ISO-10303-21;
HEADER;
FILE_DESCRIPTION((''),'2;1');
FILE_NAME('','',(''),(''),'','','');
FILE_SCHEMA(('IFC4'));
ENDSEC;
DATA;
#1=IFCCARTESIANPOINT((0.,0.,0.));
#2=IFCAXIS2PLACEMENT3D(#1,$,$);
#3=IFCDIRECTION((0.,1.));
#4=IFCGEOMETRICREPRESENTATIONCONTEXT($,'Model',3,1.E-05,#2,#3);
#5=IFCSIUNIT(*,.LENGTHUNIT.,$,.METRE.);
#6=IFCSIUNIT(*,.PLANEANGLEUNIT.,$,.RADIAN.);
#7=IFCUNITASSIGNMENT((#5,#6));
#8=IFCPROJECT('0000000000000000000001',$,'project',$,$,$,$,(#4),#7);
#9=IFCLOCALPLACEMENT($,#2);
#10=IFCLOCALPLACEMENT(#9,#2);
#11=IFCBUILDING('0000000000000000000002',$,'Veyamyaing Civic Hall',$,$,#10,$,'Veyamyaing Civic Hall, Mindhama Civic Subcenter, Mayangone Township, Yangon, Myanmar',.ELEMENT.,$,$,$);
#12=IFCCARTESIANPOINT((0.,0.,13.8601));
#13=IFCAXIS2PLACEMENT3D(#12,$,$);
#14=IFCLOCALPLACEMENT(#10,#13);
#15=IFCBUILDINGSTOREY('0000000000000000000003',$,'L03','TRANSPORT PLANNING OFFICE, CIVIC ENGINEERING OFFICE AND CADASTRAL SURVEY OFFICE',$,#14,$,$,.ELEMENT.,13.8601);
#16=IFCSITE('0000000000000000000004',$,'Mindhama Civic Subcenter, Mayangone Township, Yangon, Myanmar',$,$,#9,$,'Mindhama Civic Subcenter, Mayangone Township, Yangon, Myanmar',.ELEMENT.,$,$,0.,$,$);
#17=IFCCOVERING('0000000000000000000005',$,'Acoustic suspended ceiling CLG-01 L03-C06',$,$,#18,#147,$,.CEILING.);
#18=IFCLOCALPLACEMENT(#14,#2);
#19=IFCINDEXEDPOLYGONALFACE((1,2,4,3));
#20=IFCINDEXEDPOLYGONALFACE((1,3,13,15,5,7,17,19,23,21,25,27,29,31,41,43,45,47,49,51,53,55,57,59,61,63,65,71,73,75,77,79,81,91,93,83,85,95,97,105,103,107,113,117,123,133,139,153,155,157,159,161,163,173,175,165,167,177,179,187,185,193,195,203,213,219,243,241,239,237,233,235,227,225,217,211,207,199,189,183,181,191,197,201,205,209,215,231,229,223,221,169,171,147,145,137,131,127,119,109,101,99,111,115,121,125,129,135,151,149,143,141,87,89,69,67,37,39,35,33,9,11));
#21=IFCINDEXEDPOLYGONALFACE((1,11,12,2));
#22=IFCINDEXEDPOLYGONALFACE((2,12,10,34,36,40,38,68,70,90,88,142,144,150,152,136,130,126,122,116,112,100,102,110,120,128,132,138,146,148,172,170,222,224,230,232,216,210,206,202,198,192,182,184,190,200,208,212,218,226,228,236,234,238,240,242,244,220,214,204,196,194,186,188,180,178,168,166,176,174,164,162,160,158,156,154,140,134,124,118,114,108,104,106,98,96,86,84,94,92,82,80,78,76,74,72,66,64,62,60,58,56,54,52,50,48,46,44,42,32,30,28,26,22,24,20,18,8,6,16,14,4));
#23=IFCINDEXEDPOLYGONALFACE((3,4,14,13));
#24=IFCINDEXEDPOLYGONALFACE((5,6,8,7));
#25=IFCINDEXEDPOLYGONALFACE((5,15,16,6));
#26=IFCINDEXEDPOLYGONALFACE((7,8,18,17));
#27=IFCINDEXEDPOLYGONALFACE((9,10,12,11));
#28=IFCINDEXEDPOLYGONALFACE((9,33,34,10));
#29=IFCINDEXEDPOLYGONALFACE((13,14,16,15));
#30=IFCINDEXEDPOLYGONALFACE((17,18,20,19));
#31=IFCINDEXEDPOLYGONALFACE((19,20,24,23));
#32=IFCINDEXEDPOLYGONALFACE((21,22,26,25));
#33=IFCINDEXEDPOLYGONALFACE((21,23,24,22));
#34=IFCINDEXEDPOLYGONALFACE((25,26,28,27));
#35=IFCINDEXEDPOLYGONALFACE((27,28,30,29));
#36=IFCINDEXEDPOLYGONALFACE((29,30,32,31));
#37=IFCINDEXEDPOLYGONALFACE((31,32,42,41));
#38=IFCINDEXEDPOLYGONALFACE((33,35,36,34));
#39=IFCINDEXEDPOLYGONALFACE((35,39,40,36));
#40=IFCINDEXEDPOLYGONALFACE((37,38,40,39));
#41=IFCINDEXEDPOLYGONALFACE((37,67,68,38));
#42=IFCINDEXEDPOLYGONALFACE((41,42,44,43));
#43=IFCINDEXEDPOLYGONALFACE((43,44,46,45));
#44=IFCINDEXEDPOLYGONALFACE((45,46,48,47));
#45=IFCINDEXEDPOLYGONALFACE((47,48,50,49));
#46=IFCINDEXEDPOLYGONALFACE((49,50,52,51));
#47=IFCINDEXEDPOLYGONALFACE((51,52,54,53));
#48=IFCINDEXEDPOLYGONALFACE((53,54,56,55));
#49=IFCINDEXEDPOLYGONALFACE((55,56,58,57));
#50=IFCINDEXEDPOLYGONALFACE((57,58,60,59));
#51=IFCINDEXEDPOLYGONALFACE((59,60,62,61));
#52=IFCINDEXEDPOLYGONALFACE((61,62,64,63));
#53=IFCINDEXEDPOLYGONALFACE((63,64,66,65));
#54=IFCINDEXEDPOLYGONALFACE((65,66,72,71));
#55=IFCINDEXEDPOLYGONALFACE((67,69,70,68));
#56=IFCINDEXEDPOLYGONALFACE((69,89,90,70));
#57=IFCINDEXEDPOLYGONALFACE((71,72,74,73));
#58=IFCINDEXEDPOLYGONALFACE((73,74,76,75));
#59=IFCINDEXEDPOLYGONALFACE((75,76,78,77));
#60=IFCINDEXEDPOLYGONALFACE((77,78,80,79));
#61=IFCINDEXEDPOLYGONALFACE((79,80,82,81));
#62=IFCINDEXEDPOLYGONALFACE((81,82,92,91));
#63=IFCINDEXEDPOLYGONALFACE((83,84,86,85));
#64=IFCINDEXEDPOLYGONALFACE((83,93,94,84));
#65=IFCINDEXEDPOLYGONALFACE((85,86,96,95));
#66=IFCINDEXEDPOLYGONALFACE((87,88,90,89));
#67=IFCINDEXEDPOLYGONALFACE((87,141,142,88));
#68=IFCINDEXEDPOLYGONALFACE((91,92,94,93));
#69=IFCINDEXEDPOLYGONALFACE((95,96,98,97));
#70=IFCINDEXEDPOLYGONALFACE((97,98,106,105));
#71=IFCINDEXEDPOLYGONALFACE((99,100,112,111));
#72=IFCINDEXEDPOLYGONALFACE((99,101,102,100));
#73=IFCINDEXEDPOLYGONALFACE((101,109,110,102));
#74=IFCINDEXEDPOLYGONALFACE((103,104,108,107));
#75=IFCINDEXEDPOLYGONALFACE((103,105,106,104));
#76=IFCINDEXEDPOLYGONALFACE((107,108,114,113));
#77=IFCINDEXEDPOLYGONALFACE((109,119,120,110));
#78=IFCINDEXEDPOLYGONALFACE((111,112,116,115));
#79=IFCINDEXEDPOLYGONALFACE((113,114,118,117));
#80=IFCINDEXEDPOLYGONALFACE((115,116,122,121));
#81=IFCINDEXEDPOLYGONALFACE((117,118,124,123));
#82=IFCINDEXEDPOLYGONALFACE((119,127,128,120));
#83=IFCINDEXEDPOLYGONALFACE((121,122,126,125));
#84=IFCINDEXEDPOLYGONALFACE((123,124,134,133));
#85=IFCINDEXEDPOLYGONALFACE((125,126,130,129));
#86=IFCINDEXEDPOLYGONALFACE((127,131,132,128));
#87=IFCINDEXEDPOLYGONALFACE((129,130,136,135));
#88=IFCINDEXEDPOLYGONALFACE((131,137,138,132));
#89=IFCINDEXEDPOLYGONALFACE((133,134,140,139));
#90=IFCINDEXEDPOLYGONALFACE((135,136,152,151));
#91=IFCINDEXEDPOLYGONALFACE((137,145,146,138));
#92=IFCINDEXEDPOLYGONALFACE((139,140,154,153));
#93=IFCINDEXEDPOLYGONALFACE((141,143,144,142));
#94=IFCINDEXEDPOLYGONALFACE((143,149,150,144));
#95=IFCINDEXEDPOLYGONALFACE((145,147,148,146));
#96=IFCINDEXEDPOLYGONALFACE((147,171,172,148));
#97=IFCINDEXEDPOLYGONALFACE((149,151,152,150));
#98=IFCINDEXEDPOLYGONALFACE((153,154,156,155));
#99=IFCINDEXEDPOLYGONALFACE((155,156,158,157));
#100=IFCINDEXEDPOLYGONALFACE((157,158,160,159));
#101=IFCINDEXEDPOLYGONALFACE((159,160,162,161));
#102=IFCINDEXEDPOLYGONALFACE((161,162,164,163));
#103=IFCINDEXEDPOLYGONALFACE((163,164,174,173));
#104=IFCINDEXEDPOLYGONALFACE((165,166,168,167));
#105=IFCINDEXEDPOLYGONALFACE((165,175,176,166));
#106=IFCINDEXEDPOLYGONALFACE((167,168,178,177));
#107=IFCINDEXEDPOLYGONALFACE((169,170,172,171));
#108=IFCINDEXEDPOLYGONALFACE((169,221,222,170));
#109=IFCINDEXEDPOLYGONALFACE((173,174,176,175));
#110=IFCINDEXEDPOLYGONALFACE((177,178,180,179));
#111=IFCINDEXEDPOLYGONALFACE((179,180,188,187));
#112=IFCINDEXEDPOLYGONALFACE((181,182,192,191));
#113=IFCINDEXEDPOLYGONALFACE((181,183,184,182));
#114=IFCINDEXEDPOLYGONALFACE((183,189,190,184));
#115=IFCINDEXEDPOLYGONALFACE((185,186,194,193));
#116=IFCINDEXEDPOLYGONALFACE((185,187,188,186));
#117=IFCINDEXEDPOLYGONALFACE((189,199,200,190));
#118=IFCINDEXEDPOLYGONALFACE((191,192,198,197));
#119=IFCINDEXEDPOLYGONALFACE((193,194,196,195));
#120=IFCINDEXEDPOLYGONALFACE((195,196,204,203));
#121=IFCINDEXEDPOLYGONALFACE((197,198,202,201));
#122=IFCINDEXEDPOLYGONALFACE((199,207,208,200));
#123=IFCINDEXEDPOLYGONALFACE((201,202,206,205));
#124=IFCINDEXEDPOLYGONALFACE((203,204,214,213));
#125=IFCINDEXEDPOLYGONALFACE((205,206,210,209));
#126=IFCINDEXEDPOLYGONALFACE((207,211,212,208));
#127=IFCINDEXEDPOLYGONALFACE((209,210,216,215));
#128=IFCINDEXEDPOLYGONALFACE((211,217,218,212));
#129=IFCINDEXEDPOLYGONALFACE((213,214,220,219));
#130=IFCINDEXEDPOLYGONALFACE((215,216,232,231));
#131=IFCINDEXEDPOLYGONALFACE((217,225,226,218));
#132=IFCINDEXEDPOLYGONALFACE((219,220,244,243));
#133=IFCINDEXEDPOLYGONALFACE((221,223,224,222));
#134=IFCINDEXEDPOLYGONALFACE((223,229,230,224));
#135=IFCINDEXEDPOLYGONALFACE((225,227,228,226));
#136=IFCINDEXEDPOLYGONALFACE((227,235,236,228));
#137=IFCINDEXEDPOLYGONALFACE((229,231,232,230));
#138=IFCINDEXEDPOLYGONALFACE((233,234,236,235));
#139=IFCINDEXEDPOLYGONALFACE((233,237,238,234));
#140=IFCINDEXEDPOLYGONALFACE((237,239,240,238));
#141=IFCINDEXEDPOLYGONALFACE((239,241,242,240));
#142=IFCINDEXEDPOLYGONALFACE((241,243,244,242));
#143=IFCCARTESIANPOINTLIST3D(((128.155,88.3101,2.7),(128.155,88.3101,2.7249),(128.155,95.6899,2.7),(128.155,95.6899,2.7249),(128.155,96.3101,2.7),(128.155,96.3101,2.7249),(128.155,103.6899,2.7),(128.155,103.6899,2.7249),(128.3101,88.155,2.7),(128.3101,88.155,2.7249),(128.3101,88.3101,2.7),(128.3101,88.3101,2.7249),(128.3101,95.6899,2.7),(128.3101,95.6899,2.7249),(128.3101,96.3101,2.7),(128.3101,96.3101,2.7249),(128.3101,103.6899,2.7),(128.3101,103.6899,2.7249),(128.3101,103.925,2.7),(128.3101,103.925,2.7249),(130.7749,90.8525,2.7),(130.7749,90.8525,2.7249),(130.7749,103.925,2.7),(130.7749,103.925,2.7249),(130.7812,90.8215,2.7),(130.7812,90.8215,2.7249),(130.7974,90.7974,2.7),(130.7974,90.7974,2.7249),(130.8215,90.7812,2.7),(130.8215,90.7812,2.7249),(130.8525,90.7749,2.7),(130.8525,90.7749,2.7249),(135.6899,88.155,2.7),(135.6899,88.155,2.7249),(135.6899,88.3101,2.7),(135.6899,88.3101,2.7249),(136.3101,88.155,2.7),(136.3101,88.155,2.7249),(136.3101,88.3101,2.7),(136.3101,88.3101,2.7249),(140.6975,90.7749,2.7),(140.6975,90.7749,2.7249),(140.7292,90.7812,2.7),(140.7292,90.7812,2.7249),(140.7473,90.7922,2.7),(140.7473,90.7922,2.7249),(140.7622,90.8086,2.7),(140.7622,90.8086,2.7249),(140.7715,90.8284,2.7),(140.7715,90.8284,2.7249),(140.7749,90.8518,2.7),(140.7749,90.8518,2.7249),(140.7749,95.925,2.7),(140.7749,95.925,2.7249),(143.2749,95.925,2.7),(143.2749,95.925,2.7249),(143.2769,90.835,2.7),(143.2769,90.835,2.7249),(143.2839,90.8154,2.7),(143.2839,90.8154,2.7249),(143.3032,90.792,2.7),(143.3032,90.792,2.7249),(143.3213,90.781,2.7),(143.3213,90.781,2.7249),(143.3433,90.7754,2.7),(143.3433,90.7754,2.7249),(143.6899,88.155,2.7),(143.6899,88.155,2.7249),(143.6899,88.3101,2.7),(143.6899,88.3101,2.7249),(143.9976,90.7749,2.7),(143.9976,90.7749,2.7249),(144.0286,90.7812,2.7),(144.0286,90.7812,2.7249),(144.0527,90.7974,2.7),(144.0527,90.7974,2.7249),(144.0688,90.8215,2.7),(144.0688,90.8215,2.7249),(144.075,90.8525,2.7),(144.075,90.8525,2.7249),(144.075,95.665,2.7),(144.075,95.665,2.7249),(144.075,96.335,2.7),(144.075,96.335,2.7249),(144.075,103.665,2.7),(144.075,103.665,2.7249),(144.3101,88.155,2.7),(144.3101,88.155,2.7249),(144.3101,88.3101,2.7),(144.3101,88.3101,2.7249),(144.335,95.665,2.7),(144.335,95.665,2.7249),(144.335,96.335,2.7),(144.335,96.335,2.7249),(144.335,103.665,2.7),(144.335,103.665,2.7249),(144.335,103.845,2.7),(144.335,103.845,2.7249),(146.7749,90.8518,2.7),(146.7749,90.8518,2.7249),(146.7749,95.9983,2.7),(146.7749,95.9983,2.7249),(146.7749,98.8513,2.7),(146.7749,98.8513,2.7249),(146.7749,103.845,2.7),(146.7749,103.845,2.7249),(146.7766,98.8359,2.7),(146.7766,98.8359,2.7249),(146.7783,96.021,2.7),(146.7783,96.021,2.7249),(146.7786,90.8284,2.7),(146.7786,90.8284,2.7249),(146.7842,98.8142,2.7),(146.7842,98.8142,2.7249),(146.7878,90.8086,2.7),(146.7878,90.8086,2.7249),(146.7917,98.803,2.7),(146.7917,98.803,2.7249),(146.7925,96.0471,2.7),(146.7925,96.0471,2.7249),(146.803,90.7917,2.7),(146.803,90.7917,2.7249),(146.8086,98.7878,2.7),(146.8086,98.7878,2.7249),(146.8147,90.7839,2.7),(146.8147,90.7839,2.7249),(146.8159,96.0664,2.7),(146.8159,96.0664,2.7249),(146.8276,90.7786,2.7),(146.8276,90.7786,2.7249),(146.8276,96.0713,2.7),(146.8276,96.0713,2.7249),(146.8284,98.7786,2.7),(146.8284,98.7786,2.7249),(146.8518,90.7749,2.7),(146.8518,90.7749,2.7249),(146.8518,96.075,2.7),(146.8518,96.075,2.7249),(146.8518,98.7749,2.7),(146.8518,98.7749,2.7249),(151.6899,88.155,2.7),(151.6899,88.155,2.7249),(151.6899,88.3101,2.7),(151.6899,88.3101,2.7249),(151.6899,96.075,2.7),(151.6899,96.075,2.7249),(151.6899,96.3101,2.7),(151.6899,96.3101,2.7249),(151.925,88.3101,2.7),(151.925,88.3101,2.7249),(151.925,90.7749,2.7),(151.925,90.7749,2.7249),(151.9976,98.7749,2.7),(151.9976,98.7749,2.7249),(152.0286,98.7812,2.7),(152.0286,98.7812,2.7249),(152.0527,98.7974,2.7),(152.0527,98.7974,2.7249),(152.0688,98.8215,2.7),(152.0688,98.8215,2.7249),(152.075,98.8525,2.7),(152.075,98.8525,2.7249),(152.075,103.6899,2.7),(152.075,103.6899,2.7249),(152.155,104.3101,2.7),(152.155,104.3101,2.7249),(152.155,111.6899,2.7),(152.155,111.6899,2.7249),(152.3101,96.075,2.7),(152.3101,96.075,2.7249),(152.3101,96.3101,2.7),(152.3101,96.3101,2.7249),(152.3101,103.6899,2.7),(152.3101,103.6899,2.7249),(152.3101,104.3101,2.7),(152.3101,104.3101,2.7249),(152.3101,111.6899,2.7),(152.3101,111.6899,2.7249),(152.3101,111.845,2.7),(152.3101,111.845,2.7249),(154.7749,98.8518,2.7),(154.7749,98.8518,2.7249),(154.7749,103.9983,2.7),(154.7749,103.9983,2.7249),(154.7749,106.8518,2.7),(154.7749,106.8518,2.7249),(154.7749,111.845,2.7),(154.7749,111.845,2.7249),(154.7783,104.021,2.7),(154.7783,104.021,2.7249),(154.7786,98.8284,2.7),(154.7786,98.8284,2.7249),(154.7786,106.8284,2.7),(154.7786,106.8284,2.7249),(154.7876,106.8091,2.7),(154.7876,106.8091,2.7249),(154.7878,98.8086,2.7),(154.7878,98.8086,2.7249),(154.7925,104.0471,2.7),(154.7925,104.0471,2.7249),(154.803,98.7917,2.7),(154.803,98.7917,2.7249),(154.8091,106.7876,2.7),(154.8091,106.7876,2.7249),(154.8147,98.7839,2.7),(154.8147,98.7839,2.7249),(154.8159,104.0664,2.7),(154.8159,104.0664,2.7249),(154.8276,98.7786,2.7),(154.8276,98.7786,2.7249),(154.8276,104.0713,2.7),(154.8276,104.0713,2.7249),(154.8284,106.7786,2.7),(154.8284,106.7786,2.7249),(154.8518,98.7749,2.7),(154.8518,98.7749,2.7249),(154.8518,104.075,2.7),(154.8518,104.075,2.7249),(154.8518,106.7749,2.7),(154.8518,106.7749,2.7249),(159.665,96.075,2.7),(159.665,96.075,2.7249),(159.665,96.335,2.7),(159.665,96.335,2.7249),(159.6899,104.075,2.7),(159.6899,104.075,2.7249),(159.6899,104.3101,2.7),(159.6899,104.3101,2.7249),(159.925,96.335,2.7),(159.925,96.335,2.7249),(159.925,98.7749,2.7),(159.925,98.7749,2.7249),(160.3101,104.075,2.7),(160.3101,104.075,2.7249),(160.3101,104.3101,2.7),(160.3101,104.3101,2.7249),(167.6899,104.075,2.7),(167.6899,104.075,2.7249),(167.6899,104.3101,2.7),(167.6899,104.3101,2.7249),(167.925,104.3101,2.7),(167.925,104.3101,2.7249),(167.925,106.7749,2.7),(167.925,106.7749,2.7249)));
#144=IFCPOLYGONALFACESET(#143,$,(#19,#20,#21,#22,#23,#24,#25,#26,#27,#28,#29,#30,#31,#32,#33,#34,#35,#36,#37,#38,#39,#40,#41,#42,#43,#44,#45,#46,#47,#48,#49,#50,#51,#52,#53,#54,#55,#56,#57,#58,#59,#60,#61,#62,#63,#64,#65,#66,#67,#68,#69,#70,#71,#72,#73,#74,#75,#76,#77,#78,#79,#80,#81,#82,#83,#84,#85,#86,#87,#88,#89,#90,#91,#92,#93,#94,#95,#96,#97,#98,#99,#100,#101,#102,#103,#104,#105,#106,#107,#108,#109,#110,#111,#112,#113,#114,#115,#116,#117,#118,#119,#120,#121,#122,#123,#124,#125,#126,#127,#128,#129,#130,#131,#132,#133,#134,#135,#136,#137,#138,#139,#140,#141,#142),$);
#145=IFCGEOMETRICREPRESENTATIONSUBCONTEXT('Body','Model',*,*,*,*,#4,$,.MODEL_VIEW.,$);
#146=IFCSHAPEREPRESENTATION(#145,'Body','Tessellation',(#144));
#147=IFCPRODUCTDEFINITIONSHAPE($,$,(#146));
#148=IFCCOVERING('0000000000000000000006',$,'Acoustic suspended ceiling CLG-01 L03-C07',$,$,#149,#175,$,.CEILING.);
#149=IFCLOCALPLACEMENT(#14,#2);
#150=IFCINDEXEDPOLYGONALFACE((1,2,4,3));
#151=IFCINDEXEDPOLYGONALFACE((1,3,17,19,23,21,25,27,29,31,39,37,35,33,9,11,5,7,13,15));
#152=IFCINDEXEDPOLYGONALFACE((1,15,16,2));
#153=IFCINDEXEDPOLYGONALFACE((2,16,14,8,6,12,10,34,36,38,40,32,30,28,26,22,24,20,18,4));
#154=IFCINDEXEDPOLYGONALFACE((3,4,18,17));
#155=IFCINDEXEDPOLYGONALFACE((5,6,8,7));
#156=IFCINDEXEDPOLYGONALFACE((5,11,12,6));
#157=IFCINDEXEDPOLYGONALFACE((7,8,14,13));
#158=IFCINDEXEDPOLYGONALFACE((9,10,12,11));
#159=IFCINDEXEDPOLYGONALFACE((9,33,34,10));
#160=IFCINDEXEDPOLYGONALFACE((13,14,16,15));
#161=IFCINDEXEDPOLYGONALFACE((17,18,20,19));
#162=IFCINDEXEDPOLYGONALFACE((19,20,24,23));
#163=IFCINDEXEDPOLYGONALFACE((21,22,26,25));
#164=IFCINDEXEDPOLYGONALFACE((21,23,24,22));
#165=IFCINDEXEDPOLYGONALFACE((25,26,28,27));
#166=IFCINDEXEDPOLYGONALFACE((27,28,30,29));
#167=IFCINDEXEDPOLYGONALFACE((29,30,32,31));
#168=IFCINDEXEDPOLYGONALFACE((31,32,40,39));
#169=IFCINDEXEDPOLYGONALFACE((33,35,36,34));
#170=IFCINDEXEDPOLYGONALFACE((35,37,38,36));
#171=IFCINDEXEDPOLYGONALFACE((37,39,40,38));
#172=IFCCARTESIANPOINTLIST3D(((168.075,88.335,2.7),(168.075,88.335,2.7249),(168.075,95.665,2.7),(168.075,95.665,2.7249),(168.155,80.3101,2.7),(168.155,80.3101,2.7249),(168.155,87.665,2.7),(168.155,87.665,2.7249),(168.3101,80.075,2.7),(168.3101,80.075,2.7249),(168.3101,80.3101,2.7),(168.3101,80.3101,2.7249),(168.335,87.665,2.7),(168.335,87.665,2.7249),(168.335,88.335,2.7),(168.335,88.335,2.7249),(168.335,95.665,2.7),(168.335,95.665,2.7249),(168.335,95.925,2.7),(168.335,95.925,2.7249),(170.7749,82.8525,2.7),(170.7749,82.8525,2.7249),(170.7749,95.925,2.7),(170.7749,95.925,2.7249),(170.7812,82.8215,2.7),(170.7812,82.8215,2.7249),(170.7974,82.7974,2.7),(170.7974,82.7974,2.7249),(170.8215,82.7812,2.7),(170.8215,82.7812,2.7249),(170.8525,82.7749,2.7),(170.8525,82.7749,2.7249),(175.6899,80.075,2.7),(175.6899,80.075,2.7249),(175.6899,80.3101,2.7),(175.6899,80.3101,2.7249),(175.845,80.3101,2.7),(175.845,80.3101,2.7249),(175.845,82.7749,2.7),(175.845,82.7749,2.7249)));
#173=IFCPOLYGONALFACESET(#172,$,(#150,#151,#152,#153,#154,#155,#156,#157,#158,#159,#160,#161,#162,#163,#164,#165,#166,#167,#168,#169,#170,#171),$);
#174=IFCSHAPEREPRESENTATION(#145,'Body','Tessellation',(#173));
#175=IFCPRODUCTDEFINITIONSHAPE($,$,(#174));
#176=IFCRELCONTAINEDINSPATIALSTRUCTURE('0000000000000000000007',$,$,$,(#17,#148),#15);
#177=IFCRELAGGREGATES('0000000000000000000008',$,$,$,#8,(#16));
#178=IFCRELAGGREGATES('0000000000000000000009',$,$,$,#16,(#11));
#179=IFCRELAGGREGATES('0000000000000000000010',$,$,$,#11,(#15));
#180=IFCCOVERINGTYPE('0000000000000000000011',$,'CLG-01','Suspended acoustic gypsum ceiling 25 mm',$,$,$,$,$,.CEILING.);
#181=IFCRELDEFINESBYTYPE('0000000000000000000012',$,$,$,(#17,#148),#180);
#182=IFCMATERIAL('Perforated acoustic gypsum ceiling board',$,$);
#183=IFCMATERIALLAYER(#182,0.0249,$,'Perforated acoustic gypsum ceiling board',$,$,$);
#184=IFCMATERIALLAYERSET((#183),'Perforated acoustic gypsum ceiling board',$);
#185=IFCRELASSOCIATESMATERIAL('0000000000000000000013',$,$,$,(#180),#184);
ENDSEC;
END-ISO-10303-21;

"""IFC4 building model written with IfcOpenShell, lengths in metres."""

from ifc_helpers import new_model, si_unit, direction, frame, origin, place, context, subcontext, project, spatial, polyline, outline, extrude, material, layer, layer_set, type_object, element, save


model = new_model("IFC4")

# Units and contexts
model_context = context("Model", 3, precision=1e-05, world=origin(), true_north=direction((0.0, 1.0)))
body_context = subcontext(model_context, "Body", "Model", "MODEL_VIEW")
ifc_project = project(units=[si_unit("LENGTHUNIT", "METRE"), si_unit("PLANEANGLEUNIT", "RADIAN")], contexts=[model_context])

# Site, building, storey
site_placement = place(None, origin())
site = spatial("IfcSite", under=ifc_project, at=site_placement, Name="Mindhama Civic Subcenter, Mayangone Township, Yangon, Myanmar", LongName="Mindhama Civic Subcenter, Mayangone Township, Yangon, Myanmar", CompositionType="ELEMENT", RefElevation=0.0)
building_placement = place(site_placement, origin())
building = spatial("IfcBuilding", under=site, at=building_placement, Name="Veyamyaing Civic Hall", LongName="Veyamyaing Civic Hall, Mindhama Civic Subcenter, Mayangone Township, Yangon, Myanmar", CompositionType="ELEMENT")
storey_placement = place(building_placement, frame((0.0, 0.0, 13.8601)))
storey = spatial("IfcBuildingStorey", under=building, at=storey_placement, Name="L03", Description="TRANSPORT PLANNING OFFICE, CIVIC ENGINEERING OFFICE AND CADASTRAL SURVEY OFFICE", CompositionType="ELEMENT", Elevation=13.8601)

# Coverings
ifc_material_1 = material(Name="Perforated acoustic gypsum ceiling board")
ifc_layer_1 = layer(ifc_material_1, 0.0249, Name="Perforated acoustic gypsum ceiling board")
ifc_layer_set_1 = layer_set([ifc_layer_1], Name="Perforated acoustic gypsum ceiling board")
covering_type_1 = type_object("IfcCoveringType", Name="CLG-01", Description="Suspended acoustic gypsum ceiling 25 mm", PredefinedType="CEILING", material=ifc_layer_set_1)
covering_1_placement = place(storey_placement, frame((0.0, 0.0, 2.7)))
element("IfcCovering", 1, at=covering_1_placement, inside=storey, type_object=covering_type_1, Name="Acoustic suspended ceiling CLG-01 L03-C06", PredefinedType="CEILING", context=body_context, shape_type="SweptSolid", body=[
    extrude(outline(polyline([(130.7749, 90.8525), (130.7812, 90.8215), (130.7974, 90.7974), (130.8215, 90.7812), (130.8525, 90.7749), (140.6975, 90.7749), (140.7292, 90.7812), (140.7473, 90.7922), (140.7622, 90.8086), (140.7715, 90.8284), (140.7749, 90.8518), (140.7749, 95.925), (143.2749, 95.925), (143.2769, 90.835), (143.2839, 90.8154), (143.3032, 90.792), (143.3213, 90.781), (143.3433, 90.7754), (143.9976, 90.7749), (144.0286, 90.7812), (144.0527, 90.7974), (144.0688, 90.8215), (144.075, 90.8525), (144.075, 95.665), (144.335, 95.665), (144.335, 96.335), (144.075, 96.335), (144.075, 103.665), (144.335, 103.665), (144.335, 103.845), (146.7749, 103.845), (146.7749, 98.8513), (146.7766, 98.8359), (146.7842, 98.8142), (146.7917, 98.803), (146.8086, 98.7878), (146.8284, 98.7786), (146.8518, 98.7749), (151.9976, 98.7749), (152.0286, 98.7812), (152.0527, 98.7974), (152.0688, 98.8215), (152.075, 98.8525), (152.075, 103.6899), (152.3101, 103.6899), (152.3101, 104.3101), (152.155, 104.3101), (152.155, 111.6899), (152.3101, 111.6899), (152.3101, 111.845), (154.7749, 111.845), (154.7749, 106.8518), (154.7786, 106.8284), (154.7876, 106.8091), (154.8091, 106.7876), (154.8284, 106.7786), (154.8518, 106.7749), (167.925, 106.7749), (167.925, 104.3101), (167.6899, 104.3101), (167.6899, 104.075), (160.3101, 104.075), (160.3101, 104.3101), (159.6899, 104.3101), (159.6899, 104.075), (154.8518, 104.075), (154.8276, 104.0713), (154.8159, 104.0664), (154.7925, 104.0471), (154.7783, 104.021), (154.7749, 103.9983), (154.7749, 98.8518), (154.7786, 98.8284), (154.7878, 98.8086), (154.803, 98.7917), (154.8147, 98.7839), (154.8276, 98.7786), (154.8518, 98.7749), (159.925, 98.7749), (159.925, 96.335), (159.665, 96.335), (159.665, 96.075), (152.3101, 96.075), (152.3101, 96.3101), (151.6899, 96.3101), (151.6899, 96.075), (146.8518, 96.075), (146.8276, 96.0713), (146.8159, 96.0664), (146.7925, 96.0471), (146.7783, 96.021), (146.7749, 95.9983), (146.7749, 90.8518), (146.7786, 90.8284), (146.7878, 90.8086), (146.803, 90.7917), (146.8147, 90.7839), (146.8276, 90.7786), (146.8518, 90.7749), (151.925, 90.7749), (151.925, 88.3101), (151.6899, 88.3101), (151.6899, 88.155), (144.3101, 88.155), (144.3101, 88.3101), (143.6899, 88.3101), (143.6899, 88.155), (136.3101, 88.155), (136.3101, 88.3101), (135.6899, 88.3101), (135.6899, 88.155), (128.3101, 88.155), (128.3101, 88.3101), (128.155, 88.3101), (128.155, 95.6899), (128.3101, 95.6899), (128.3101, 96.3101), (128.155, 96.3101), (128.155, 103.6899), (128.3101, 103.6899), (128.3101, 103.925), (130.7749, 103.925), (130.7749, 90.8525)])), origin(), (0.0, 0.0, 1.0), 0.0249),
])
covering_2_placement = place(storey_placement, frame((0.0, 0.0, 2.7)))
element("IfcCovering", 2, at=covering_2_placement, inside=storey, type_object=covering_type_1, Name="Acoustic suspended ceiling CLG-01 L03-C07", PredefinedType="CEILING", context=body_context, shape_type="SweptSolid", body=[
    extrude(outline(polyline([(170.7749, 82.8525), (170.7812, 82.8215), (170.7974, 82.7974), (170.8215, 82.7812), (170.8525, 82.7749), (175.845, 82.7749), (175.845, 80.3101), (175.6899, 80.3101), (175.6899, 80.075), (168.3101, 80.075), (168.3101, 80.3101), (168.155, 80.3101), (168.155, 87.665), (168.335, 87.665), (168.335, 88.335), (168.075, 88.335), (168.075, 95.665), (168.335, 95.665), (168.335, 95.925), (170.7749, 95.925), (170.7749, 82.8525)])), origin(), (0.0, 0.0, 1.0), 0.0249),
])

save(model, "model.ifc")
